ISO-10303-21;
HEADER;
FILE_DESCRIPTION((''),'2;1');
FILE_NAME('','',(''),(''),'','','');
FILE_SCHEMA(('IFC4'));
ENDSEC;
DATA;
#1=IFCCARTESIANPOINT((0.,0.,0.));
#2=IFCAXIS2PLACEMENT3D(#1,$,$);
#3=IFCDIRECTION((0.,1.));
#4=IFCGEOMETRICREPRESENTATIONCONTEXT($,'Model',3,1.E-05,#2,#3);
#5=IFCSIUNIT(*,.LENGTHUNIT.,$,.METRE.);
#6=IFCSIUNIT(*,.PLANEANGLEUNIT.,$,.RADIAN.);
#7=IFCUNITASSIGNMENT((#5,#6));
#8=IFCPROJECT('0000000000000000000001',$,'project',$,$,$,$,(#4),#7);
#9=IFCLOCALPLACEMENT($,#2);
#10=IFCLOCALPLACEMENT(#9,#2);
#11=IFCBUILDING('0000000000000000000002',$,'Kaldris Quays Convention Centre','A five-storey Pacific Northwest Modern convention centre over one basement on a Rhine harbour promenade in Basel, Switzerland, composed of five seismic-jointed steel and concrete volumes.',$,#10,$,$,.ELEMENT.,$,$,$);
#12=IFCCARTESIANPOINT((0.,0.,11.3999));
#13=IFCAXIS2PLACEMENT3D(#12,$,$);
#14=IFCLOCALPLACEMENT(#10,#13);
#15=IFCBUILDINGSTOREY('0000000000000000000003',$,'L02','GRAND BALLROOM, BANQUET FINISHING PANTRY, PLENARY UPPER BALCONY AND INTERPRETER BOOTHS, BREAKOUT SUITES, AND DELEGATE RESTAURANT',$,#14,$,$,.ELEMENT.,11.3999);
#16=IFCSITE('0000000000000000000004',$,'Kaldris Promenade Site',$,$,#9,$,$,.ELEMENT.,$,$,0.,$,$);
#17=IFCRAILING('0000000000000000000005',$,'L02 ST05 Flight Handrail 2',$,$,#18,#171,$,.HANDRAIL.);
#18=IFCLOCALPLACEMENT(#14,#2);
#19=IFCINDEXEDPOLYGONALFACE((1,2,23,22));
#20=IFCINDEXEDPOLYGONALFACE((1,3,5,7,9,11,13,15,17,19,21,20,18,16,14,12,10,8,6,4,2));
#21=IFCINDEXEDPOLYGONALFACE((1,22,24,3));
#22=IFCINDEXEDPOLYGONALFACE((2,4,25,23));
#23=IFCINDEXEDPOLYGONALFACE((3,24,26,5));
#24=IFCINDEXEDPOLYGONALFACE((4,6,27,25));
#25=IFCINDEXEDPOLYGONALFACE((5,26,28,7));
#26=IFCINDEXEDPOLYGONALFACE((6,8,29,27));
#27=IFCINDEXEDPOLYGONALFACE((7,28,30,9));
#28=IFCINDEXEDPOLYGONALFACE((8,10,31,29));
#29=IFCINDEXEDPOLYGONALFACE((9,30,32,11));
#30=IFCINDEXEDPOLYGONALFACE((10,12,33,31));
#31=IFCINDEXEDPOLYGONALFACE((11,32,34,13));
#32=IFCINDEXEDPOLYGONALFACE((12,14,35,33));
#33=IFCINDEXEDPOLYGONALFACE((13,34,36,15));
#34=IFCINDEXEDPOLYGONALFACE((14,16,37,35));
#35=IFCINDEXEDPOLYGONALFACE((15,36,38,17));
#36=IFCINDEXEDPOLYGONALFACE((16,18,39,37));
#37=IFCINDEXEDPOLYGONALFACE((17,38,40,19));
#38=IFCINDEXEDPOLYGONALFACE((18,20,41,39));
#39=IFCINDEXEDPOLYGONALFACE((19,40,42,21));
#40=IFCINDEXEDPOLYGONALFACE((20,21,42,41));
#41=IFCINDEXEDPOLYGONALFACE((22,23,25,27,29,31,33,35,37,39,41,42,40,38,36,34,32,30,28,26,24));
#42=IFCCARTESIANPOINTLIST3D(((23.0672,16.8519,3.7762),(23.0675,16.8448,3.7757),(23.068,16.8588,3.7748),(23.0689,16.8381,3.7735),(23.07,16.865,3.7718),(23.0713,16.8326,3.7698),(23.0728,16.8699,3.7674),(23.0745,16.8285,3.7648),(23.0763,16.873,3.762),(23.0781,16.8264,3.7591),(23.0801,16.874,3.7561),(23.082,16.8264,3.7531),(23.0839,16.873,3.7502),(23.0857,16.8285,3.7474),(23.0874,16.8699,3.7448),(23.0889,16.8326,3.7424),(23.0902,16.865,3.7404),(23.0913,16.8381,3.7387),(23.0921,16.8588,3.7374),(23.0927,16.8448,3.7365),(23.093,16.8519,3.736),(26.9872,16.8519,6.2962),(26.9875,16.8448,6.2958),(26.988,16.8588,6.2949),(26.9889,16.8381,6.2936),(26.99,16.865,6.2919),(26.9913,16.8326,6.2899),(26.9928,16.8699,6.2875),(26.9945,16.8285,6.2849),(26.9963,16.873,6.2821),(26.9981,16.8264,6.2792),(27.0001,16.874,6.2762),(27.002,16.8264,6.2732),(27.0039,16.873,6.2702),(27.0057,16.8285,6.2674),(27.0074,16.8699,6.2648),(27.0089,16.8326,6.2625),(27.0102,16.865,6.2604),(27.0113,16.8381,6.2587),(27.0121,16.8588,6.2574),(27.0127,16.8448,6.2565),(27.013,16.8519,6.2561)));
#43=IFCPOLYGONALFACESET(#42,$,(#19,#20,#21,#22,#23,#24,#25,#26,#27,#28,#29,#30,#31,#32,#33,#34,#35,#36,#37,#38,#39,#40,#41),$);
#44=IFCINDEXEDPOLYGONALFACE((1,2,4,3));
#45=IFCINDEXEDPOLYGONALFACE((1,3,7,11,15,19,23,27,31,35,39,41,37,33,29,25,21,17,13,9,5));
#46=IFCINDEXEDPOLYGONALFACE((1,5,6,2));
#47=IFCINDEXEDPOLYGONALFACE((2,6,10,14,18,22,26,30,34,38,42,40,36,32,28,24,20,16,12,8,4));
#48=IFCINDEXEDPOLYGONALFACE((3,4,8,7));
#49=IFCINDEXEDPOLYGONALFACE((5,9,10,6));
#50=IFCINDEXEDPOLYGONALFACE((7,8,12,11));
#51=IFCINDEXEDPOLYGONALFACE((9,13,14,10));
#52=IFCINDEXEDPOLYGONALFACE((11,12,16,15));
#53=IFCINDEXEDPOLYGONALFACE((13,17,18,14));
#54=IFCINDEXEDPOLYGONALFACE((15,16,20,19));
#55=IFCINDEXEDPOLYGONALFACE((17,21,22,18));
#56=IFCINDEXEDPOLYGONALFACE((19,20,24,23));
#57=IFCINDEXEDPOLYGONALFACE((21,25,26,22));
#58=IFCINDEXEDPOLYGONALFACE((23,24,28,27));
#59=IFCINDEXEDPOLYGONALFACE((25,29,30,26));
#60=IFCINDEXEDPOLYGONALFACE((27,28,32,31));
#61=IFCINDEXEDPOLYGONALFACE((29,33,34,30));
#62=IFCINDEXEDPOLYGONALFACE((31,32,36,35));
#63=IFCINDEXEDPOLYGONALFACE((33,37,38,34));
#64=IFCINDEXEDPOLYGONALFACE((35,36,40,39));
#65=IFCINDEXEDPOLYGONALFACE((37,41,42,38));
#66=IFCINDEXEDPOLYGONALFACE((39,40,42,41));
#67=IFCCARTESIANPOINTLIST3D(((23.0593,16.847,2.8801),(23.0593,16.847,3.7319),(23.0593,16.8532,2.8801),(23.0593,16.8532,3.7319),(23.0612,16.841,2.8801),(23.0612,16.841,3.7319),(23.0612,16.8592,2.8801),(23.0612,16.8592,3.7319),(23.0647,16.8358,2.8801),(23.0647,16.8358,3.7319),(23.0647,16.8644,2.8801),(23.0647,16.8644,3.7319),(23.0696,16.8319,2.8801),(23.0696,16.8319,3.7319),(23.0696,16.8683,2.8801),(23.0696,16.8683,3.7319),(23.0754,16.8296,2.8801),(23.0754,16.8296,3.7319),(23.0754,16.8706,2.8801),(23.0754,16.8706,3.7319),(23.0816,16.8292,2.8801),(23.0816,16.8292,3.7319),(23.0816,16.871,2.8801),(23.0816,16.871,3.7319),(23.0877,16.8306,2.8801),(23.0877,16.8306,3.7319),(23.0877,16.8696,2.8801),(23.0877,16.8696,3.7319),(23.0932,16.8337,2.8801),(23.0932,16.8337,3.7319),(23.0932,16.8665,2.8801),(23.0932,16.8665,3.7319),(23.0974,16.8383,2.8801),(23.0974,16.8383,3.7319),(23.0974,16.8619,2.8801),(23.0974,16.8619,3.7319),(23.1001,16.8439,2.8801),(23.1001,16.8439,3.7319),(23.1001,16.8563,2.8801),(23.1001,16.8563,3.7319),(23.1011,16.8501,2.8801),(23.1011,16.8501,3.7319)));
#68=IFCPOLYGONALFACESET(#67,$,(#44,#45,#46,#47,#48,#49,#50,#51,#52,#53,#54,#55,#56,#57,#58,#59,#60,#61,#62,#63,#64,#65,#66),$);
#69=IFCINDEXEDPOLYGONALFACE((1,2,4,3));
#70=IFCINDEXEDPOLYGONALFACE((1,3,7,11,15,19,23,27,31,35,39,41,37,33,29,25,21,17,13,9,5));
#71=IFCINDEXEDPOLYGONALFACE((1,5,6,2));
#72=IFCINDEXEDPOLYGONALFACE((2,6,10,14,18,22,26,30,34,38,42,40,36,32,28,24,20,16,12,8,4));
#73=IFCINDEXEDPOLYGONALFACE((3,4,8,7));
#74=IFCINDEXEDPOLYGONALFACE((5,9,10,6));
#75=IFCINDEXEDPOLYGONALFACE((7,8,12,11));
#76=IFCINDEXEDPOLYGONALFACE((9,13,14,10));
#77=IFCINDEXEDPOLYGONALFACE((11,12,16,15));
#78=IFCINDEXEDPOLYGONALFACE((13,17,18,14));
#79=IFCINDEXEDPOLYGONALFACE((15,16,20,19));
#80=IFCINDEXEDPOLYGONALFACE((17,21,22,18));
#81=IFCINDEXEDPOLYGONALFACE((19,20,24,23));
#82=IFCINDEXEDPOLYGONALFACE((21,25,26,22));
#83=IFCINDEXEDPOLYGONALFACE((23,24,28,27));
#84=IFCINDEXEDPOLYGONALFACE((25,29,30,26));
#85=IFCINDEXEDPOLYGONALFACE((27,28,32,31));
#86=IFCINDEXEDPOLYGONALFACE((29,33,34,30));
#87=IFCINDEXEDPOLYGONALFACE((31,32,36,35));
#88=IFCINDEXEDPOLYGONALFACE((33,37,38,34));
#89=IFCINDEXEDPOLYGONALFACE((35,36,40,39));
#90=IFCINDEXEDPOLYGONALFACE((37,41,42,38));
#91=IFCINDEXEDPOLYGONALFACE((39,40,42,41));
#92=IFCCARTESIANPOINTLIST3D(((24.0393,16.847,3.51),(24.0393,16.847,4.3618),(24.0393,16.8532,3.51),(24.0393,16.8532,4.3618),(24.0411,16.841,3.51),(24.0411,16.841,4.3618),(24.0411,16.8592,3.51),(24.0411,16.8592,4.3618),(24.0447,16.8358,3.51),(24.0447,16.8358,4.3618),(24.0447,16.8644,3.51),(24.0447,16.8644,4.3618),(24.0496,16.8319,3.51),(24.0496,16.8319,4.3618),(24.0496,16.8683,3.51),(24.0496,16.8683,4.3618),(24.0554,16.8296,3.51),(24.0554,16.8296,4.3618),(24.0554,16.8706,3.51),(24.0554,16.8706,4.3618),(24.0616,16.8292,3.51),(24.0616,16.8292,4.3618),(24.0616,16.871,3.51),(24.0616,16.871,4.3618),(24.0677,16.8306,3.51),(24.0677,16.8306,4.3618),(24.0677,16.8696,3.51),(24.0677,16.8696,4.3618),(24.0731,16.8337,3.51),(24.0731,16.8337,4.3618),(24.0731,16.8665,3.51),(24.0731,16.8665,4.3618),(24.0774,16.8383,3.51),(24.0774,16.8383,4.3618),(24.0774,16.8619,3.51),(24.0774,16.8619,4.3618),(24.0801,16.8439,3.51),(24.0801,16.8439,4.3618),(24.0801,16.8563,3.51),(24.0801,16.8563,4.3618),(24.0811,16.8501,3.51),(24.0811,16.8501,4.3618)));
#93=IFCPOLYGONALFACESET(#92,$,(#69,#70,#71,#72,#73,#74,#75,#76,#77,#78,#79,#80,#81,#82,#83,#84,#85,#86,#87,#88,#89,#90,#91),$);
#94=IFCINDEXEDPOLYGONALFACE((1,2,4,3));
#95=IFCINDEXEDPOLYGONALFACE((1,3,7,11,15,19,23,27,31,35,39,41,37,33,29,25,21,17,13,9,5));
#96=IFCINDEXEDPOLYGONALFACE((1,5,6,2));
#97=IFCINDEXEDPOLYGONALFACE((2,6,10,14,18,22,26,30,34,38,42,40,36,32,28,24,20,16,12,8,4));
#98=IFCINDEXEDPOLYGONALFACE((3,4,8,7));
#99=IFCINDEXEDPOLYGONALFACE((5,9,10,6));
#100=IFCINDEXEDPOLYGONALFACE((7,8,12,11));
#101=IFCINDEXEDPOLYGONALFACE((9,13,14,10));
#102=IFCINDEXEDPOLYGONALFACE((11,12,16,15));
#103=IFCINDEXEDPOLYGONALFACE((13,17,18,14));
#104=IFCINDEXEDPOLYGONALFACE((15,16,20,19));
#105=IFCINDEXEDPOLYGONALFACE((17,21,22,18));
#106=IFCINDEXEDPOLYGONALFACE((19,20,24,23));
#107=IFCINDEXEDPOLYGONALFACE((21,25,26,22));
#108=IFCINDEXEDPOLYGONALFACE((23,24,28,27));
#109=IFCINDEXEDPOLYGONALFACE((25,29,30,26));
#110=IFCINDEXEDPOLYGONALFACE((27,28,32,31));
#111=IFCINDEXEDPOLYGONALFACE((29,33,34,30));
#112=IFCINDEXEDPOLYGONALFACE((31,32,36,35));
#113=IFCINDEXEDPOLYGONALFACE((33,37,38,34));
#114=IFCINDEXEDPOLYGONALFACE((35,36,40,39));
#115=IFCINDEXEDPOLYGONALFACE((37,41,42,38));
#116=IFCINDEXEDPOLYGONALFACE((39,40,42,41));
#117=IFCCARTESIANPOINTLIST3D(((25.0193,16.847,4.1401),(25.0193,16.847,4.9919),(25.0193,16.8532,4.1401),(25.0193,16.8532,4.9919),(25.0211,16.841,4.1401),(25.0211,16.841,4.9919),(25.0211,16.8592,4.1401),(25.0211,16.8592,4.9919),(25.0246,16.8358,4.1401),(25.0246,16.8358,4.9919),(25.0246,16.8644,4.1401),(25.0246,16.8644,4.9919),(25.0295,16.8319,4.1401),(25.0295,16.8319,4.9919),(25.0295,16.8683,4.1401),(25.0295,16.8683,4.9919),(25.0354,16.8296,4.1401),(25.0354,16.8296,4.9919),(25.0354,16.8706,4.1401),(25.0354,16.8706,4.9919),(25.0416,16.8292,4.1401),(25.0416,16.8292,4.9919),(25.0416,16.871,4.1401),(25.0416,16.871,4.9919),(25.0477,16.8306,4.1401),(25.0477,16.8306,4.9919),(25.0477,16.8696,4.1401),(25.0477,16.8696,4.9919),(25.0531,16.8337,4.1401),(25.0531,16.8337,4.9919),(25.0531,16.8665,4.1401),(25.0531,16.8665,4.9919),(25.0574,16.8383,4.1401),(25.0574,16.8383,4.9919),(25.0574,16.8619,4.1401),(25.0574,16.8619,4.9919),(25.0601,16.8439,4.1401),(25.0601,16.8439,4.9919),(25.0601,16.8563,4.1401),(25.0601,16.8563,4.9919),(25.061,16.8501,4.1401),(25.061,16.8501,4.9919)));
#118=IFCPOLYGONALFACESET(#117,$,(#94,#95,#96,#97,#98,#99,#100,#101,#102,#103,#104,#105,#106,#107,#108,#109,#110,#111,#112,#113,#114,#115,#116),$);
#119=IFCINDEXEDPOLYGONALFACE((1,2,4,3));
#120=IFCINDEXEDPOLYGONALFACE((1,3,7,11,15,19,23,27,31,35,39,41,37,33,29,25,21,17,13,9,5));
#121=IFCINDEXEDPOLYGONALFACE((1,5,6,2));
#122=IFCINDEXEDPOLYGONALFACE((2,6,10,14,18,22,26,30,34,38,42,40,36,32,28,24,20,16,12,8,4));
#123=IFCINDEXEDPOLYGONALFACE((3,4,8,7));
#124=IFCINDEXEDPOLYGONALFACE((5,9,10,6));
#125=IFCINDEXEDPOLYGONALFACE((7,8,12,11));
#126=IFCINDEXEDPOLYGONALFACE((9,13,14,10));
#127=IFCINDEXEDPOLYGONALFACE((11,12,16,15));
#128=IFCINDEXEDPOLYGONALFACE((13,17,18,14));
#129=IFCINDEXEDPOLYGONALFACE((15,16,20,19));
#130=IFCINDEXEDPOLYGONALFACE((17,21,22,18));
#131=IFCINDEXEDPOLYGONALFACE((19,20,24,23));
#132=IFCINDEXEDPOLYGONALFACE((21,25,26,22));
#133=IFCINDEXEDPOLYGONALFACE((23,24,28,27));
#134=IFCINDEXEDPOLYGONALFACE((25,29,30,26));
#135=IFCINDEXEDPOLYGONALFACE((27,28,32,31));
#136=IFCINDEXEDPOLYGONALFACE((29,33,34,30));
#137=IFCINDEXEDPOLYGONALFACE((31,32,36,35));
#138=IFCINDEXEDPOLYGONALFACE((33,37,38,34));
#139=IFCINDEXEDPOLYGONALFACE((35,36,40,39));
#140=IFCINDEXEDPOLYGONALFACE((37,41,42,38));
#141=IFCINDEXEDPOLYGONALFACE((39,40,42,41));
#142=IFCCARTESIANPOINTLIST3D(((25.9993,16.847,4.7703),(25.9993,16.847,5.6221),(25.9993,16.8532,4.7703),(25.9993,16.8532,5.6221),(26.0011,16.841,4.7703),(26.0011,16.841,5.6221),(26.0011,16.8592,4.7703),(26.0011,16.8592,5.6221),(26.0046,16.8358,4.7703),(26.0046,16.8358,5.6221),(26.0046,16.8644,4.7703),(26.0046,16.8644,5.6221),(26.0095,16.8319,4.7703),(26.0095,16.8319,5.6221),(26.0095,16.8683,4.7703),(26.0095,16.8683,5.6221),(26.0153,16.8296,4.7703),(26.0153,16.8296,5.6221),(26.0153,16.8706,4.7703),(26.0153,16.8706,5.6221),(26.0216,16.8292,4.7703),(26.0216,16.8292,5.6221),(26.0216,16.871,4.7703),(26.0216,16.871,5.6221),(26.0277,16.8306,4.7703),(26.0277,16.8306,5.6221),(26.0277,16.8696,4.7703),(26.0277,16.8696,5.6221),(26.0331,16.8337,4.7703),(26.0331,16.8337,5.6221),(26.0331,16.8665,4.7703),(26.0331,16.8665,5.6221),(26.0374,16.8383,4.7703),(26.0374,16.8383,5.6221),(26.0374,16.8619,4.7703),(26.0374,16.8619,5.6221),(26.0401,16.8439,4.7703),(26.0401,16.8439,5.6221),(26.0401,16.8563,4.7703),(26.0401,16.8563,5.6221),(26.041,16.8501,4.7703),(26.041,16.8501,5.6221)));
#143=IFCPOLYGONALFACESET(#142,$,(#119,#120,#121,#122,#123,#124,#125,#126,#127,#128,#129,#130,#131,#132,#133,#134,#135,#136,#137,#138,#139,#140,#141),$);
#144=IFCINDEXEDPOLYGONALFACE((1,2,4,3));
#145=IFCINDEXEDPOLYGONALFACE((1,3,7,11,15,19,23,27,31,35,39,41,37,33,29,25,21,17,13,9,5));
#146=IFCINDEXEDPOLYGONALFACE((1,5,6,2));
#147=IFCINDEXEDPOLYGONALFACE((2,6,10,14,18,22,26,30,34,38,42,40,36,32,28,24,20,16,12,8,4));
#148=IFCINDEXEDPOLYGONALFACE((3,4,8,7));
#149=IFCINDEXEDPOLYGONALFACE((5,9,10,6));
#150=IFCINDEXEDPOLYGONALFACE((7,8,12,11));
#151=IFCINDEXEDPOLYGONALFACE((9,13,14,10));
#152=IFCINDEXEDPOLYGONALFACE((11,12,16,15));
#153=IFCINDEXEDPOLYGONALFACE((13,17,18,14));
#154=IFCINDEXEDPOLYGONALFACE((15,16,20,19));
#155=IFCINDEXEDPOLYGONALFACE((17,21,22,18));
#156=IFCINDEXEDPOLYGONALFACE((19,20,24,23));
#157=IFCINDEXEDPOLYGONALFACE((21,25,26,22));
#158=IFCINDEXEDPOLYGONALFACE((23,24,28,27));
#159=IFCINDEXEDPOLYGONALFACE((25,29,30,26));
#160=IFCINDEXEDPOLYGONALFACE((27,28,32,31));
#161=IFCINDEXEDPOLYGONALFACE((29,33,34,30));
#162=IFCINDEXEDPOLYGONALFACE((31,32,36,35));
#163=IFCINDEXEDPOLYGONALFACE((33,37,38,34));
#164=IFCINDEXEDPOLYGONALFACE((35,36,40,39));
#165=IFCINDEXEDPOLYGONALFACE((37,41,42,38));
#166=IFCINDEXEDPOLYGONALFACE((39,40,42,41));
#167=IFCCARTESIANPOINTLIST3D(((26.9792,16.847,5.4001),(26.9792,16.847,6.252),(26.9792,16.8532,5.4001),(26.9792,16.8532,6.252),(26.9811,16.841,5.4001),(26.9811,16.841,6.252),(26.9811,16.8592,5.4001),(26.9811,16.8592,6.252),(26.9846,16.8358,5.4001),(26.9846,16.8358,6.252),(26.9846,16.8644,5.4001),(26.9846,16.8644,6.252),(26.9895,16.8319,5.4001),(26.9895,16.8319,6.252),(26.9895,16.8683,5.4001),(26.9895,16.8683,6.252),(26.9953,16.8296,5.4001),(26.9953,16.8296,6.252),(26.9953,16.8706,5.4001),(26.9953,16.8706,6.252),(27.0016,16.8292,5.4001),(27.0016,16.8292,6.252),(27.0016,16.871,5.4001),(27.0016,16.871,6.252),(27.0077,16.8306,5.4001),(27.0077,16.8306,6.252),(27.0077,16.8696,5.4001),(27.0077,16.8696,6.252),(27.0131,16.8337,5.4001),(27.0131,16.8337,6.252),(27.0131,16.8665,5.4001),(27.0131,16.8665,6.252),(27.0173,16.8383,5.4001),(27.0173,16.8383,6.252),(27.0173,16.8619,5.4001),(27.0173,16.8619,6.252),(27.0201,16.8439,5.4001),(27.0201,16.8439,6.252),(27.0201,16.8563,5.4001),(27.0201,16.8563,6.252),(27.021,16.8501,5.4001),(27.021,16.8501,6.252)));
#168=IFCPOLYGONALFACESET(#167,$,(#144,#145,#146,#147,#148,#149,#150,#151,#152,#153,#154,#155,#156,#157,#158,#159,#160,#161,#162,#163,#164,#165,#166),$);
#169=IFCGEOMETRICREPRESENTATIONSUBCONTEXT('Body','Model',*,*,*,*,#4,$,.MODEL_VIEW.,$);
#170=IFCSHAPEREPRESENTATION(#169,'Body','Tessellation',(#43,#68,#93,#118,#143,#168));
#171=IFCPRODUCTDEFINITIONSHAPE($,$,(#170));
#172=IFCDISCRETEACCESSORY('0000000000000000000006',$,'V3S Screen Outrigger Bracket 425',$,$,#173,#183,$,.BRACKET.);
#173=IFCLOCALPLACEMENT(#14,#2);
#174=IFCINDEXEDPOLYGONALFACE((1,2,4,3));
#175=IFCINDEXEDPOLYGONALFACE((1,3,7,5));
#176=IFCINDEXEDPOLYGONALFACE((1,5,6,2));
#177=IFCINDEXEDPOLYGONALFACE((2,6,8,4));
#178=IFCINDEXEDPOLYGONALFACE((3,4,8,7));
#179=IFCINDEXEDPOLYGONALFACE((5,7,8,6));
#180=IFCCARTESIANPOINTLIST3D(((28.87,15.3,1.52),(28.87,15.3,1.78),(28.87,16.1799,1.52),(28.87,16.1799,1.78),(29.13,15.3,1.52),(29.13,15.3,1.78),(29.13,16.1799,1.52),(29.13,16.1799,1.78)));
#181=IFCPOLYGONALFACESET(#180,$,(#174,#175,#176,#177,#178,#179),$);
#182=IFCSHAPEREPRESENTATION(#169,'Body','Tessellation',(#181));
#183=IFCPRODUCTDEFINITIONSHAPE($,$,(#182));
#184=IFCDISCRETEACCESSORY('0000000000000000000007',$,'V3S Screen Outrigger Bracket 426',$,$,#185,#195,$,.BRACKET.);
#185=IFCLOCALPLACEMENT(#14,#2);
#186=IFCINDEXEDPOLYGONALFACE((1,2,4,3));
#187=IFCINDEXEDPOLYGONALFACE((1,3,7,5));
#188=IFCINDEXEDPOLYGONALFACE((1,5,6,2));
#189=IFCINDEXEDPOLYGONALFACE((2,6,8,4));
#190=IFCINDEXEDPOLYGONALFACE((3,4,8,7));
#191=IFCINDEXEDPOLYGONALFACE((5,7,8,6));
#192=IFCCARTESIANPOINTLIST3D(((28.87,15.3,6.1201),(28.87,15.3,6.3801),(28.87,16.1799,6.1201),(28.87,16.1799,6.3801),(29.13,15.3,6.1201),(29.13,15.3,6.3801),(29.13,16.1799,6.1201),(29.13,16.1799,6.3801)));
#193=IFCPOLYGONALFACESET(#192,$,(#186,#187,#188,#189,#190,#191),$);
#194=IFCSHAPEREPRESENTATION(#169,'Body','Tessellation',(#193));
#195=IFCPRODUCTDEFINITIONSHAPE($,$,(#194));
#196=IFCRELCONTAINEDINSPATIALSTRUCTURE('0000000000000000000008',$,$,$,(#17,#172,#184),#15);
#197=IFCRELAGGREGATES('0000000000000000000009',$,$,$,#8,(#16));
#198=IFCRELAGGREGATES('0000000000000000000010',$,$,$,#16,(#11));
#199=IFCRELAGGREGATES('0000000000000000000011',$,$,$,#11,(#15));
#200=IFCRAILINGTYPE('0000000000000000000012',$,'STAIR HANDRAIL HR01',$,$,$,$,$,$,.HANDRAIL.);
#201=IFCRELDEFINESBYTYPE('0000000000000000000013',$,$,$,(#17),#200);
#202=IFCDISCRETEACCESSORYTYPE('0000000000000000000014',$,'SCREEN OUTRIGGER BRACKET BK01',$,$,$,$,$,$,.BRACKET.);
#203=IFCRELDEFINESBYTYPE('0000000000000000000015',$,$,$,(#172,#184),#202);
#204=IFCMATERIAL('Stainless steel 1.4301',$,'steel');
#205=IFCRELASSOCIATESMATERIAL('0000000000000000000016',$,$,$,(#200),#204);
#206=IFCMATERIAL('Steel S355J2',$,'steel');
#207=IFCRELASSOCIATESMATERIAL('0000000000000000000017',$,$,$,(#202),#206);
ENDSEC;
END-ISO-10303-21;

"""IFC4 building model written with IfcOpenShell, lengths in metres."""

from ifc_helpers import new_model, si_unit, direction, frame, origin, origin_2d, place, context, subcontext, project, spatial, rectangle, circle, extrude, material, type_object, element, save


model = new_model("IFC4")

# Units and contexts
model_context = context("Model", 3, precision=1e-05, world=origin(), true_north=direction((0.0, 1.0)))
body_context = subcontext(model_context, "Body", "Model", "MODEL_VIEW")
ifc_project = project(units=[si_unit("LENGTHUNIT", "METRE"), si_unit("PLANEANGLEUNIT", "RADIAN")], contexts=[model_context])

# Site, building, storey
site_placement = place(None, origin())
site = spatial("IfcSite", under=ifc_project, at=site_placement, Name="Kaldris Promenade Site", CompositionType="ELEMENT", RefElevation=0.0)
building_placement = place(site_placement, origin())
building = spatial("IfcBuilding", under=site, at=building_placement, Name="Kaldris Quays Convention Centre", Description="A five-storey Pacific Northwest Modern convention centre over one basement on a Rhine harbour promenade in Basel, Switzerland, composed of five seismic-jointed steel and concrete volumes.", CompositionType="ELEMENT")
storey_placement = place(building_placement, frame((0.0, 0.0, 11.3999)))
storey = spatial("IfcBuildingStorey", under=building, at=storey_placement, Name="L02", Description="GRAND BALLROOM, BANQUET FINISHING PANTRY, PLENARY UPPER BALCONY AND INTERPRETER BOOTHS, BREAKOUT SUITES, AND DELEGATE RESTAURANT", CompositionType="ELEMENT", Elevation=11.3999)

# Shared definitions
ifc_material_1 = material(Name="Steel S355J2", Category="steel")

# Railing
ifc_material_2 = material(Name="Stainless steel 1.4301", Category="steel")
railing_type_1 = type_object("IfcRailingType", Name="STAIR HANDRAIL HR01", PredefinedType="HANDRAIL", material=ifc_material_2)
railing_1_placement = place(storey_placement, frame((23.0801, 16.8501, 2.8801)))
element("IfcRailing", 1, at=railing_1_placement, inside=storey, type_object=railing_type_1, Name="L02 ST05 Flight Handrail 2", PredefinedType="HANDRAIL", context=body_context, shape_type="SweptSolid", body=[
    extrude(circle(Radius=0.0239, at=origin_2d()), frame((0.0, 0.0, 0.876), z_axis=(0.841172, 0.0, 0.540768), x_axis=(0.0, 1.0, 0.0)), (0.0, 0.0, 1.0), 4.6602),
    extrude(circle(Radius=0.021, at=origin_2d()), origin(), (0.0, 0.0, 1.0), 0.8518),
    extrude(circle(Radius=0.021, at=origin_2d()), frame((0.98, 0.0, 0.6299)), (0.0, 0.0, 1.0), 0.8518),
    extrude(circle(Radius=0.021, at=origin_2d()), frame((1.96, 0.0, 1.26)), (0.0, 0.0, 1.0), 0.8518),
    extrude(circle(Radius=0.021, at=origin_2d()), frame((2.9399, 0.0, 1.8901)), (0.0, 0.0, 1.0), 0.8518),
    extrude(circle(Radius=0.021, at=origin_2d()), frame((3.9199, 0.0, 2.52)), (0.0, 0.0, 1.0), 0.8518),
])

# Discrete accessories
discrete_accessory_type = type_object("IfcDiscreteAccessoryType", Name="SCREEN OUTRIGGER BRACKET BK01", PredefinedType="BRACKET", material=ifc_material_1)
for number, where, z_axis, x_axis, name in (
    (2, (29.0, 15.74, 1.52), (0.0, 0.0, 1.0), (1.0, 0.0, 0.0), "V3S Screen Outrigger Bracket 425"),
    (3, (29.0, 15.74, 6.1201), (0.0, 0.0, 1.0), (1.0, 0.0, 0.0), "V3S Screen Outrigger Bracket 426"),
):
    element("IfcDiscreteAccessory", number, at=place(storey_placement, frame(where, z_axis=z_axis, x_axis=x_axis)), inside=storey, type_object=discrete_accessory_type, Name=name, PredefinedType="BRACKET", context=body_context, shape_type="SweptSolid", body=[
        extrude(rectangle(XDim=0.26, YDim=0.8799, at=origin_2d()), origin(), (0.0, 0.0, 1.0), 0.26),
    ])

save(model, "model.ifc")
